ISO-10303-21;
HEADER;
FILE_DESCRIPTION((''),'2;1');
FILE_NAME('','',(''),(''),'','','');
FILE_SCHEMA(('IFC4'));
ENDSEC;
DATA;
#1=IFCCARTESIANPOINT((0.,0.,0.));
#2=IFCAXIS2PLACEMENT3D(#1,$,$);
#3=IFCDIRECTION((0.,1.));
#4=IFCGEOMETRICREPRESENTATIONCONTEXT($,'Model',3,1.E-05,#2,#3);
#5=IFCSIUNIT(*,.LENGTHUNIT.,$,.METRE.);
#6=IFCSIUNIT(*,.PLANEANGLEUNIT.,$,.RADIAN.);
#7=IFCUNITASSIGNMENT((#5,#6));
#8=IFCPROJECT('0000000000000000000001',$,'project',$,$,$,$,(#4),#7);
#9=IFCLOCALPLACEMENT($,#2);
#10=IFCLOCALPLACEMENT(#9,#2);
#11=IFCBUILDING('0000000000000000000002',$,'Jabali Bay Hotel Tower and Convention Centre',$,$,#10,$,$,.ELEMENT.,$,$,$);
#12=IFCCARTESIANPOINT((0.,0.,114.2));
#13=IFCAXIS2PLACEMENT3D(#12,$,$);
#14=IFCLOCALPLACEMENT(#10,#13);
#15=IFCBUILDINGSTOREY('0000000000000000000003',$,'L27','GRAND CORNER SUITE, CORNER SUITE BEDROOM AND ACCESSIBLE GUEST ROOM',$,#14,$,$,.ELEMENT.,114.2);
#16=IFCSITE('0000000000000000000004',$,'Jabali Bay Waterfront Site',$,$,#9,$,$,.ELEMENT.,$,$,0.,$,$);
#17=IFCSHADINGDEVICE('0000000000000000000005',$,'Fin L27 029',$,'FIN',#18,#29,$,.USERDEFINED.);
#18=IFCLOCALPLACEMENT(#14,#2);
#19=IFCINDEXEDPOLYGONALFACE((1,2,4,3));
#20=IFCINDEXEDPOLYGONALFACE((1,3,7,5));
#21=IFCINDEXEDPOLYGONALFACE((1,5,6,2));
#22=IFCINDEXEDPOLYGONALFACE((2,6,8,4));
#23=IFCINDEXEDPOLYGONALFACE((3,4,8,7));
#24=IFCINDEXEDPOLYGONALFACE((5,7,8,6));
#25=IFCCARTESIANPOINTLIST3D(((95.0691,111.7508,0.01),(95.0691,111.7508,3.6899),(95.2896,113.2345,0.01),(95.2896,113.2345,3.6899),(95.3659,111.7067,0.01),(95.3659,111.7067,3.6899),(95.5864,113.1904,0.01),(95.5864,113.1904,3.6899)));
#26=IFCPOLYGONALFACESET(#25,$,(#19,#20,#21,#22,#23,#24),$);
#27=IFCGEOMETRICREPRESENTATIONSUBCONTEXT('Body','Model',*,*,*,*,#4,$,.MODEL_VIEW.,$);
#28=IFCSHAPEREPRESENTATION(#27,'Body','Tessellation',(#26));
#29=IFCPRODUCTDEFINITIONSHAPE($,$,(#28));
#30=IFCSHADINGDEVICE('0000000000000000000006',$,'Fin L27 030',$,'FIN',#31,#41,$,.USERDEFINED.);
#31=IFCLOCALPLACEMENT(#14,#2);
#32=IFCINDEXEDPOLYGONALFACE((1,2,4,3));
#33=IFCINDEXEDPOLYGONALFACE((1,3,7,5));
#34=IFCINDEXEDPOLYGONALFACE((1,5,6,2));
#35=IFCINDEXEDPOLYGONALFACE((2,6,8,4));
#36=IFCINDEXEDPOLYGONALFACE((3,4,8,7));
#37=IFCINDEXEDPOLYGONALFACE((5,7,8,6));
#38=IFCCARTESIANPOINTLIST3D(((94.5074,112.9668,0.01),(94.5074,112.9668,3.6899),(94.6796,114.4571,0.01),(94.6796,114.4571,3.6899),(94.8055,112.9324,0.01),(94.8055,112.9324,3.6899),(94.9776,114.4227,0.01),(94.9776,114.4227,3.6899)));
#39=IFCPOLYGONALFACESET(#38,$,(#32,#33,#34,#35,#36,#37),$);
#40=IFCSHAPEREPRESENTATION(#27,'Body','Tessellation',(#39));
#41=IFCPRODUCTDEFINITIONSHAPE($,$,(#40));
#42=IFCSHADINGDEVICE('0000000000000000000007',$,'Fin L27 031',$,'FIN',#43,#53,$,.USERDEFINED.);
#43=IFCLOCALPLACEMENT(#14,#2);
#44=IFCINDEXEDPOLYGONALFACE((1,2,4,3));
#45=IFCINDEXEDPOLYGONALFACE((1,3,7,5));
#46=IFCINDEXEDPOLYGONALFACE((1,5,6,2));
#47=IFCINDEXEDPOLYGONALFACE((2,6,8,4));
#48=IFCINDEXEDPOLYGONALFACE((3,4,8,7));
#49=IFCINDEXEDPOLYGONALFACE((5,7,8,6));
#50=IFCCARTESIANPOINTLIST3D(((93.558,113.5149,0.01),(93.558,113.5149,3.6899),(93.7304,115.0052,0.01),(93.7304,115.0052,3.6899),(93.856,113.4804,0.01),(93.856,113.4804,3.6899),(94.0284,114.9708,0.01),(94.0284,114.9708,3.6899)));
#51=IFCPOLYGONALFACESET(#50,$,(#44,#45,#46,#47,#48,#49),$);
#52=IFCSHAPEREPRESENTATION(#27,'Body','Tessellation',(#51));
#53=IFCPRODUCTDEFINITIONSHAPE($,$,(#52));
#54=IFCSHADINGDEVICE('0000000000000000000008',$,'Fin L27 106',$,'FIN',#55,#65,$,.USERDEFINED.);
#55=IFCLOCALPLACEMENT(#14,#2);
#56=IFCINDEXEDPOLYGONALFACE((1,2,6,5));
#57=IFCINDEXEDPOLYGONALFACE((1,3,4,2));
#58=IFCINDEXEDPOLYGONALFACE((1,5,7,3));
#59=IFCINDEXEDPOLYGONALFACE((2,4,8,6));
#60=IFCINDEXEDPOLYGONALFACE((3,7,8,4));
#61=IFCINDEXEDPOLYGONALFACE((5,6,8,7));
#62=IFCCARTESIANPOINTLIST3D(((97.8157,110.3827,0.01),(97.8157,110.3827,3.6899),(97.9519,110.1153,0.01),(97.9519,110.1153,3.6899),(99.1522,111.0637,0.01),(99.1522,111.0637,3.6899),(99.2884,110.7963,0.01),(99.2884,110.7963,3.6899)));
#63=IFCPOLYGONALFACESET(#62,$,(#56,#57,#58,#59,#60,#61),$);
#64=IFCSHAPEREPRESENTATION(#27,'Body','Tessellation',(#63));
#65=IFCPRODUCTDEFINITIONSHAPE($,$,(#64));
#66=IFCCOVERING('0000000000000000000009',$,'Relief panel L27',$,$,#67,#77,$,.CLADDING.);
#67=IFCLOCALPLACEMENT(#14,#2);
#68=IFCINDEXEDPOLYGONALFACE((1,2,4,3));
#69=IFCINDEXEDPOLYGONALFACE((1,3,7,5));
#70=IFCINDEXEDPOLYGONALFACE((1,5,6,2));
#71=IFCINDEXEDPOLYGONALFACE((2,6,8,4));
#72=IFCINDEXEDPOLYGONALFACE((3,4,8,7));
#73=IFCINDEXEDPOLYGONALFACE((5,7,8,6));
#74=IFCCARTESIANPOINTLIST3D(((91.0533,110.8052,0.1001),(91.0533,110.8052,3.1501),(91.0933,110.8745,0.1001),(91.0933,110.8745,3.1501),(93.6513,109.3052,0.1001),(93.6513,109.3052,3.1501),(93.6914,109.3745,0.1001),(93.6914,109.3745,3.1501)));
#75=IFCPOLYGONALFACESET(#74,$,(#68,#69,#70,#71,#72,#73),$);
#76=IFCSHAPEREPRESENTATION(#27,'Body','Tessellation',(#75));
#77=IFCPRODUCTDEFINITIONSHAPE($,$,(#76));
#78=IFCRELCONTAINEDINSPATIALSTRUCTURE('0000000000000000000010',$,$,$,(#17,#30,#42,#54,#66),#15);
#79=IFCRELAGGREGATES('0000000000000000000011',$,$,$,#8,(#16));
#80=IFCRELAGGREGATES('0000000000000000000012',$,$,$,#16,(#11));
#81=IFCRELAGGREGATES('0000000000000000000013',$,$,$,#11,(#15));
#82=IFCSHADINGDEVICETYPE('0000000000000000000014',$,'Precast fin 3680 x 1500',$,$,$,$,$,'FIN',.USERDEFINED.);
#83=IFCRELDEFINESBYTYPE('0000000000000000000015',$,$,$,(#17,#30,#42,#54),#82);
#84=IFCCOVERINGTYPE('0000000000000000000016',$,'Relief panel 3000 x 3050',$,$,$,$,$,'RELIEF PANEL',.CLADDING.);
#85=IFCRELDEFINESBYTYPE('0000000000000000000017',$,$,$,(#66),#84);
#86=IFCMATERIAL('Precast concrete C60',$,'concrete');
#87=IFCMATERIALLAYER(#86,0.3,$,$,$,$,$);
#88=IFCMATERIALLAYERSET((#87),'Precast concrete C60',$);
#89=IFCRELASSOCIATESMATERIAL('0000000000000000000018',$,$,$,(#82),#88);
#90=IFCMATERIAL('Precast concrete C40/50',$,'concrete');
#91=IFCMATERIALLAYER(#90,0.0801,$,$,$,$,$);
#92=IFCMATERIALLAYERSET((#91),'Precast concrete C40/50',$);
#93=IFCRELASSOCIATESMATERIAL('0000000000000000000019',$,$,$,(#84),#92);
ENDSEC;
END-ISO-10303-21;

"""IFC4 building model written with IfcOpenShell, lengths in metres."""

from ifc_helpers import new_model, si_unit, direction, frame, frame_2d, origin, origin_2d, place, context, subcontext, project, spatial, rectangle, extrude, material, layer, layer_set, type_object, element, save


model = new_model("IFC4")

# Units and contexts
model_context = context("Model", 3, precision=1e-05, world=origin(), true_north=direction((0.0, 1.0)))
body_context = subcontext(model_context, "Body", "Model", "MODEL_VIEW")
ifc_project = project(units=[si_unit("LENGTHUNIT", "METRE"), si_unit("PLANEANGLEUNIT", "RADIAN")], contexts=[model_context])

# Site, building, storey
site_placement = place(None, origin())
site = spatial("IfcSite", under=ifc_project, at=site_placement, Name="Jabali Bay Waterfront Site", CompositionType="ELEMENT", RefElevation=0.0)
building_placement = place(site_placement, origin())
building = spatial("IfcBuilding", under=site, at=building_placement, Name="Jabali Bay Hotel Tower and Convention Centre", CompositionType="ELEMENT")
storey_placement = place(building_placement, frame((0.0, 0.0, 114.2)))
storey = spatial("IfcBuildingStorey", under=building, at=storey_placement, Name="L27", Description="GRAND CORNER SUITE, CORNER SUITE BEDROOM AND ACCESSIBLE GUEST ROOM", CompositionType="ELEMENT", Elevation=114.2)

# Shading devices
ifc_material_1 = material(Name="Precast concrete C60", Category="concrete")
ifc_layer_1 = layer(ifc_material_1, 0.3)
ifc_layer_set_1 = layer_set([ifc_layer_1], Name="Precast concrete C60")
shading_device_type = type_object("IfcShadingDeviceType", Name="Precast fin 3680 x 1500", ElementType="FIN", PredefinedType="USERDEFINED", material=ifc_layer_set_1)
for number, where, z_axis, x_axis, name in (
    (1, (95.2175, 111.7288, 0.01), (0.0, 0.0, 1.0), (0.146979, 0.98914, 0.0), "Fin L27 029"),
):
    element("IfcShadingDevice", number, at=place(storey_placement, frame(where, z_axis=z_axis, x_axis=x_axis)), inside=storey, type_object=shading_device_type, Name=name, ObjectType="FIN", PredefinedType="USERDEFINED", context=body_context, shape_type="SweptSolid", body=[
        extrude(rectangle(XDim=1.5, YDim=0.3, at=frame_2d((0.75, 0.0))), origin(), (0.0, 0.0, 1.0), 3.6799),
    ])
for number, where, z_axis, x_axis, name in (
    (2, (94.6565, 112.9497, 0.01), (0.0, 0.0, 1.0), (0.114735, 0.993396, 0.0), "Fin L27 030"),
    (3, (93.707, 113.4978, 0.01), (0.0, 0.0, 1.0), (0.114896, 0.993378, 0.0), "Fin L27 031"),
):
    element("IfcShadingDevice", number, at=place(storey_placement, frame(where, z_axis=z_axis, x_axis=x_axis)), inside=storey, type_object=shading_device_type, Name=name, ObjectType="FIN", PredefinedType="USERDEFINED", context=body_context, shape_type="SweptSolid", body=[
        extrude(rectangle(XDim=1.5002, YDim=0.3, at=frame_2d((0.75, 0.0))), origin(), (0.0, 0.0, 1.0), 3.6799),
    ])
shading_device_1_placement = place(storey_placement, frame((97.8838, 110.249, 0.01), z_axis=(0.0, 0.0, 1.0), x_axis=(0.891016, 0.453972, 0.0)))
element("IfcShadingDevice", 4, at=shading_device_1_placement, inside=storey, type_object=shading_device_type, Name="Fin L27 106", ObjectType="FIN", PredefinedType="USERDEFINED", context=body_context, shape_type="SweptSolid", body=[
    extrude(rectangle(XDim=1.5, YDim=0.3, at=frame_2d((0.75, 0.0))), origin(), (0.0, 0.0, 1.0), 3.6799),
])

# Covering
ifc_material_2 = material(Name="Precast concrete C40/50", Category="concrete")
ifc_layer_2 = layer(ifc_material_2, 0.0801)
ifc_layer_set_2 = layer_set([ifc_layer_2], Name="Precast concrete C40/50")
covering_type = type_object("IfcCoveringType", Name="Relief panel 3000 x 3050", ElementType="RELIEF PANEL", PredefinedType="CLADDING", material=ifc_layer_set_2)
covering_placement = place(storey_placement, frame((92.3723, 110.0898, 0.1001), z_axis=(0.0, 0.0, 1.0), x_axis=(0.866025, -0.5, 0.0)))
element("IfcCovering", 5, at=covering_placement, inside=storey, type_object=covering_type, Name="Relief panel L27", PredefinedType="CLADDING", context=body_context, shape_type="SweptSolid", body=[
    extrude(rectangle(XDim=3.0, YDim=0.0801, at=origin_2d()), origin(), (0.0, 0.0, 1.0), 3.05),
])

save(model, "model.ifc")
